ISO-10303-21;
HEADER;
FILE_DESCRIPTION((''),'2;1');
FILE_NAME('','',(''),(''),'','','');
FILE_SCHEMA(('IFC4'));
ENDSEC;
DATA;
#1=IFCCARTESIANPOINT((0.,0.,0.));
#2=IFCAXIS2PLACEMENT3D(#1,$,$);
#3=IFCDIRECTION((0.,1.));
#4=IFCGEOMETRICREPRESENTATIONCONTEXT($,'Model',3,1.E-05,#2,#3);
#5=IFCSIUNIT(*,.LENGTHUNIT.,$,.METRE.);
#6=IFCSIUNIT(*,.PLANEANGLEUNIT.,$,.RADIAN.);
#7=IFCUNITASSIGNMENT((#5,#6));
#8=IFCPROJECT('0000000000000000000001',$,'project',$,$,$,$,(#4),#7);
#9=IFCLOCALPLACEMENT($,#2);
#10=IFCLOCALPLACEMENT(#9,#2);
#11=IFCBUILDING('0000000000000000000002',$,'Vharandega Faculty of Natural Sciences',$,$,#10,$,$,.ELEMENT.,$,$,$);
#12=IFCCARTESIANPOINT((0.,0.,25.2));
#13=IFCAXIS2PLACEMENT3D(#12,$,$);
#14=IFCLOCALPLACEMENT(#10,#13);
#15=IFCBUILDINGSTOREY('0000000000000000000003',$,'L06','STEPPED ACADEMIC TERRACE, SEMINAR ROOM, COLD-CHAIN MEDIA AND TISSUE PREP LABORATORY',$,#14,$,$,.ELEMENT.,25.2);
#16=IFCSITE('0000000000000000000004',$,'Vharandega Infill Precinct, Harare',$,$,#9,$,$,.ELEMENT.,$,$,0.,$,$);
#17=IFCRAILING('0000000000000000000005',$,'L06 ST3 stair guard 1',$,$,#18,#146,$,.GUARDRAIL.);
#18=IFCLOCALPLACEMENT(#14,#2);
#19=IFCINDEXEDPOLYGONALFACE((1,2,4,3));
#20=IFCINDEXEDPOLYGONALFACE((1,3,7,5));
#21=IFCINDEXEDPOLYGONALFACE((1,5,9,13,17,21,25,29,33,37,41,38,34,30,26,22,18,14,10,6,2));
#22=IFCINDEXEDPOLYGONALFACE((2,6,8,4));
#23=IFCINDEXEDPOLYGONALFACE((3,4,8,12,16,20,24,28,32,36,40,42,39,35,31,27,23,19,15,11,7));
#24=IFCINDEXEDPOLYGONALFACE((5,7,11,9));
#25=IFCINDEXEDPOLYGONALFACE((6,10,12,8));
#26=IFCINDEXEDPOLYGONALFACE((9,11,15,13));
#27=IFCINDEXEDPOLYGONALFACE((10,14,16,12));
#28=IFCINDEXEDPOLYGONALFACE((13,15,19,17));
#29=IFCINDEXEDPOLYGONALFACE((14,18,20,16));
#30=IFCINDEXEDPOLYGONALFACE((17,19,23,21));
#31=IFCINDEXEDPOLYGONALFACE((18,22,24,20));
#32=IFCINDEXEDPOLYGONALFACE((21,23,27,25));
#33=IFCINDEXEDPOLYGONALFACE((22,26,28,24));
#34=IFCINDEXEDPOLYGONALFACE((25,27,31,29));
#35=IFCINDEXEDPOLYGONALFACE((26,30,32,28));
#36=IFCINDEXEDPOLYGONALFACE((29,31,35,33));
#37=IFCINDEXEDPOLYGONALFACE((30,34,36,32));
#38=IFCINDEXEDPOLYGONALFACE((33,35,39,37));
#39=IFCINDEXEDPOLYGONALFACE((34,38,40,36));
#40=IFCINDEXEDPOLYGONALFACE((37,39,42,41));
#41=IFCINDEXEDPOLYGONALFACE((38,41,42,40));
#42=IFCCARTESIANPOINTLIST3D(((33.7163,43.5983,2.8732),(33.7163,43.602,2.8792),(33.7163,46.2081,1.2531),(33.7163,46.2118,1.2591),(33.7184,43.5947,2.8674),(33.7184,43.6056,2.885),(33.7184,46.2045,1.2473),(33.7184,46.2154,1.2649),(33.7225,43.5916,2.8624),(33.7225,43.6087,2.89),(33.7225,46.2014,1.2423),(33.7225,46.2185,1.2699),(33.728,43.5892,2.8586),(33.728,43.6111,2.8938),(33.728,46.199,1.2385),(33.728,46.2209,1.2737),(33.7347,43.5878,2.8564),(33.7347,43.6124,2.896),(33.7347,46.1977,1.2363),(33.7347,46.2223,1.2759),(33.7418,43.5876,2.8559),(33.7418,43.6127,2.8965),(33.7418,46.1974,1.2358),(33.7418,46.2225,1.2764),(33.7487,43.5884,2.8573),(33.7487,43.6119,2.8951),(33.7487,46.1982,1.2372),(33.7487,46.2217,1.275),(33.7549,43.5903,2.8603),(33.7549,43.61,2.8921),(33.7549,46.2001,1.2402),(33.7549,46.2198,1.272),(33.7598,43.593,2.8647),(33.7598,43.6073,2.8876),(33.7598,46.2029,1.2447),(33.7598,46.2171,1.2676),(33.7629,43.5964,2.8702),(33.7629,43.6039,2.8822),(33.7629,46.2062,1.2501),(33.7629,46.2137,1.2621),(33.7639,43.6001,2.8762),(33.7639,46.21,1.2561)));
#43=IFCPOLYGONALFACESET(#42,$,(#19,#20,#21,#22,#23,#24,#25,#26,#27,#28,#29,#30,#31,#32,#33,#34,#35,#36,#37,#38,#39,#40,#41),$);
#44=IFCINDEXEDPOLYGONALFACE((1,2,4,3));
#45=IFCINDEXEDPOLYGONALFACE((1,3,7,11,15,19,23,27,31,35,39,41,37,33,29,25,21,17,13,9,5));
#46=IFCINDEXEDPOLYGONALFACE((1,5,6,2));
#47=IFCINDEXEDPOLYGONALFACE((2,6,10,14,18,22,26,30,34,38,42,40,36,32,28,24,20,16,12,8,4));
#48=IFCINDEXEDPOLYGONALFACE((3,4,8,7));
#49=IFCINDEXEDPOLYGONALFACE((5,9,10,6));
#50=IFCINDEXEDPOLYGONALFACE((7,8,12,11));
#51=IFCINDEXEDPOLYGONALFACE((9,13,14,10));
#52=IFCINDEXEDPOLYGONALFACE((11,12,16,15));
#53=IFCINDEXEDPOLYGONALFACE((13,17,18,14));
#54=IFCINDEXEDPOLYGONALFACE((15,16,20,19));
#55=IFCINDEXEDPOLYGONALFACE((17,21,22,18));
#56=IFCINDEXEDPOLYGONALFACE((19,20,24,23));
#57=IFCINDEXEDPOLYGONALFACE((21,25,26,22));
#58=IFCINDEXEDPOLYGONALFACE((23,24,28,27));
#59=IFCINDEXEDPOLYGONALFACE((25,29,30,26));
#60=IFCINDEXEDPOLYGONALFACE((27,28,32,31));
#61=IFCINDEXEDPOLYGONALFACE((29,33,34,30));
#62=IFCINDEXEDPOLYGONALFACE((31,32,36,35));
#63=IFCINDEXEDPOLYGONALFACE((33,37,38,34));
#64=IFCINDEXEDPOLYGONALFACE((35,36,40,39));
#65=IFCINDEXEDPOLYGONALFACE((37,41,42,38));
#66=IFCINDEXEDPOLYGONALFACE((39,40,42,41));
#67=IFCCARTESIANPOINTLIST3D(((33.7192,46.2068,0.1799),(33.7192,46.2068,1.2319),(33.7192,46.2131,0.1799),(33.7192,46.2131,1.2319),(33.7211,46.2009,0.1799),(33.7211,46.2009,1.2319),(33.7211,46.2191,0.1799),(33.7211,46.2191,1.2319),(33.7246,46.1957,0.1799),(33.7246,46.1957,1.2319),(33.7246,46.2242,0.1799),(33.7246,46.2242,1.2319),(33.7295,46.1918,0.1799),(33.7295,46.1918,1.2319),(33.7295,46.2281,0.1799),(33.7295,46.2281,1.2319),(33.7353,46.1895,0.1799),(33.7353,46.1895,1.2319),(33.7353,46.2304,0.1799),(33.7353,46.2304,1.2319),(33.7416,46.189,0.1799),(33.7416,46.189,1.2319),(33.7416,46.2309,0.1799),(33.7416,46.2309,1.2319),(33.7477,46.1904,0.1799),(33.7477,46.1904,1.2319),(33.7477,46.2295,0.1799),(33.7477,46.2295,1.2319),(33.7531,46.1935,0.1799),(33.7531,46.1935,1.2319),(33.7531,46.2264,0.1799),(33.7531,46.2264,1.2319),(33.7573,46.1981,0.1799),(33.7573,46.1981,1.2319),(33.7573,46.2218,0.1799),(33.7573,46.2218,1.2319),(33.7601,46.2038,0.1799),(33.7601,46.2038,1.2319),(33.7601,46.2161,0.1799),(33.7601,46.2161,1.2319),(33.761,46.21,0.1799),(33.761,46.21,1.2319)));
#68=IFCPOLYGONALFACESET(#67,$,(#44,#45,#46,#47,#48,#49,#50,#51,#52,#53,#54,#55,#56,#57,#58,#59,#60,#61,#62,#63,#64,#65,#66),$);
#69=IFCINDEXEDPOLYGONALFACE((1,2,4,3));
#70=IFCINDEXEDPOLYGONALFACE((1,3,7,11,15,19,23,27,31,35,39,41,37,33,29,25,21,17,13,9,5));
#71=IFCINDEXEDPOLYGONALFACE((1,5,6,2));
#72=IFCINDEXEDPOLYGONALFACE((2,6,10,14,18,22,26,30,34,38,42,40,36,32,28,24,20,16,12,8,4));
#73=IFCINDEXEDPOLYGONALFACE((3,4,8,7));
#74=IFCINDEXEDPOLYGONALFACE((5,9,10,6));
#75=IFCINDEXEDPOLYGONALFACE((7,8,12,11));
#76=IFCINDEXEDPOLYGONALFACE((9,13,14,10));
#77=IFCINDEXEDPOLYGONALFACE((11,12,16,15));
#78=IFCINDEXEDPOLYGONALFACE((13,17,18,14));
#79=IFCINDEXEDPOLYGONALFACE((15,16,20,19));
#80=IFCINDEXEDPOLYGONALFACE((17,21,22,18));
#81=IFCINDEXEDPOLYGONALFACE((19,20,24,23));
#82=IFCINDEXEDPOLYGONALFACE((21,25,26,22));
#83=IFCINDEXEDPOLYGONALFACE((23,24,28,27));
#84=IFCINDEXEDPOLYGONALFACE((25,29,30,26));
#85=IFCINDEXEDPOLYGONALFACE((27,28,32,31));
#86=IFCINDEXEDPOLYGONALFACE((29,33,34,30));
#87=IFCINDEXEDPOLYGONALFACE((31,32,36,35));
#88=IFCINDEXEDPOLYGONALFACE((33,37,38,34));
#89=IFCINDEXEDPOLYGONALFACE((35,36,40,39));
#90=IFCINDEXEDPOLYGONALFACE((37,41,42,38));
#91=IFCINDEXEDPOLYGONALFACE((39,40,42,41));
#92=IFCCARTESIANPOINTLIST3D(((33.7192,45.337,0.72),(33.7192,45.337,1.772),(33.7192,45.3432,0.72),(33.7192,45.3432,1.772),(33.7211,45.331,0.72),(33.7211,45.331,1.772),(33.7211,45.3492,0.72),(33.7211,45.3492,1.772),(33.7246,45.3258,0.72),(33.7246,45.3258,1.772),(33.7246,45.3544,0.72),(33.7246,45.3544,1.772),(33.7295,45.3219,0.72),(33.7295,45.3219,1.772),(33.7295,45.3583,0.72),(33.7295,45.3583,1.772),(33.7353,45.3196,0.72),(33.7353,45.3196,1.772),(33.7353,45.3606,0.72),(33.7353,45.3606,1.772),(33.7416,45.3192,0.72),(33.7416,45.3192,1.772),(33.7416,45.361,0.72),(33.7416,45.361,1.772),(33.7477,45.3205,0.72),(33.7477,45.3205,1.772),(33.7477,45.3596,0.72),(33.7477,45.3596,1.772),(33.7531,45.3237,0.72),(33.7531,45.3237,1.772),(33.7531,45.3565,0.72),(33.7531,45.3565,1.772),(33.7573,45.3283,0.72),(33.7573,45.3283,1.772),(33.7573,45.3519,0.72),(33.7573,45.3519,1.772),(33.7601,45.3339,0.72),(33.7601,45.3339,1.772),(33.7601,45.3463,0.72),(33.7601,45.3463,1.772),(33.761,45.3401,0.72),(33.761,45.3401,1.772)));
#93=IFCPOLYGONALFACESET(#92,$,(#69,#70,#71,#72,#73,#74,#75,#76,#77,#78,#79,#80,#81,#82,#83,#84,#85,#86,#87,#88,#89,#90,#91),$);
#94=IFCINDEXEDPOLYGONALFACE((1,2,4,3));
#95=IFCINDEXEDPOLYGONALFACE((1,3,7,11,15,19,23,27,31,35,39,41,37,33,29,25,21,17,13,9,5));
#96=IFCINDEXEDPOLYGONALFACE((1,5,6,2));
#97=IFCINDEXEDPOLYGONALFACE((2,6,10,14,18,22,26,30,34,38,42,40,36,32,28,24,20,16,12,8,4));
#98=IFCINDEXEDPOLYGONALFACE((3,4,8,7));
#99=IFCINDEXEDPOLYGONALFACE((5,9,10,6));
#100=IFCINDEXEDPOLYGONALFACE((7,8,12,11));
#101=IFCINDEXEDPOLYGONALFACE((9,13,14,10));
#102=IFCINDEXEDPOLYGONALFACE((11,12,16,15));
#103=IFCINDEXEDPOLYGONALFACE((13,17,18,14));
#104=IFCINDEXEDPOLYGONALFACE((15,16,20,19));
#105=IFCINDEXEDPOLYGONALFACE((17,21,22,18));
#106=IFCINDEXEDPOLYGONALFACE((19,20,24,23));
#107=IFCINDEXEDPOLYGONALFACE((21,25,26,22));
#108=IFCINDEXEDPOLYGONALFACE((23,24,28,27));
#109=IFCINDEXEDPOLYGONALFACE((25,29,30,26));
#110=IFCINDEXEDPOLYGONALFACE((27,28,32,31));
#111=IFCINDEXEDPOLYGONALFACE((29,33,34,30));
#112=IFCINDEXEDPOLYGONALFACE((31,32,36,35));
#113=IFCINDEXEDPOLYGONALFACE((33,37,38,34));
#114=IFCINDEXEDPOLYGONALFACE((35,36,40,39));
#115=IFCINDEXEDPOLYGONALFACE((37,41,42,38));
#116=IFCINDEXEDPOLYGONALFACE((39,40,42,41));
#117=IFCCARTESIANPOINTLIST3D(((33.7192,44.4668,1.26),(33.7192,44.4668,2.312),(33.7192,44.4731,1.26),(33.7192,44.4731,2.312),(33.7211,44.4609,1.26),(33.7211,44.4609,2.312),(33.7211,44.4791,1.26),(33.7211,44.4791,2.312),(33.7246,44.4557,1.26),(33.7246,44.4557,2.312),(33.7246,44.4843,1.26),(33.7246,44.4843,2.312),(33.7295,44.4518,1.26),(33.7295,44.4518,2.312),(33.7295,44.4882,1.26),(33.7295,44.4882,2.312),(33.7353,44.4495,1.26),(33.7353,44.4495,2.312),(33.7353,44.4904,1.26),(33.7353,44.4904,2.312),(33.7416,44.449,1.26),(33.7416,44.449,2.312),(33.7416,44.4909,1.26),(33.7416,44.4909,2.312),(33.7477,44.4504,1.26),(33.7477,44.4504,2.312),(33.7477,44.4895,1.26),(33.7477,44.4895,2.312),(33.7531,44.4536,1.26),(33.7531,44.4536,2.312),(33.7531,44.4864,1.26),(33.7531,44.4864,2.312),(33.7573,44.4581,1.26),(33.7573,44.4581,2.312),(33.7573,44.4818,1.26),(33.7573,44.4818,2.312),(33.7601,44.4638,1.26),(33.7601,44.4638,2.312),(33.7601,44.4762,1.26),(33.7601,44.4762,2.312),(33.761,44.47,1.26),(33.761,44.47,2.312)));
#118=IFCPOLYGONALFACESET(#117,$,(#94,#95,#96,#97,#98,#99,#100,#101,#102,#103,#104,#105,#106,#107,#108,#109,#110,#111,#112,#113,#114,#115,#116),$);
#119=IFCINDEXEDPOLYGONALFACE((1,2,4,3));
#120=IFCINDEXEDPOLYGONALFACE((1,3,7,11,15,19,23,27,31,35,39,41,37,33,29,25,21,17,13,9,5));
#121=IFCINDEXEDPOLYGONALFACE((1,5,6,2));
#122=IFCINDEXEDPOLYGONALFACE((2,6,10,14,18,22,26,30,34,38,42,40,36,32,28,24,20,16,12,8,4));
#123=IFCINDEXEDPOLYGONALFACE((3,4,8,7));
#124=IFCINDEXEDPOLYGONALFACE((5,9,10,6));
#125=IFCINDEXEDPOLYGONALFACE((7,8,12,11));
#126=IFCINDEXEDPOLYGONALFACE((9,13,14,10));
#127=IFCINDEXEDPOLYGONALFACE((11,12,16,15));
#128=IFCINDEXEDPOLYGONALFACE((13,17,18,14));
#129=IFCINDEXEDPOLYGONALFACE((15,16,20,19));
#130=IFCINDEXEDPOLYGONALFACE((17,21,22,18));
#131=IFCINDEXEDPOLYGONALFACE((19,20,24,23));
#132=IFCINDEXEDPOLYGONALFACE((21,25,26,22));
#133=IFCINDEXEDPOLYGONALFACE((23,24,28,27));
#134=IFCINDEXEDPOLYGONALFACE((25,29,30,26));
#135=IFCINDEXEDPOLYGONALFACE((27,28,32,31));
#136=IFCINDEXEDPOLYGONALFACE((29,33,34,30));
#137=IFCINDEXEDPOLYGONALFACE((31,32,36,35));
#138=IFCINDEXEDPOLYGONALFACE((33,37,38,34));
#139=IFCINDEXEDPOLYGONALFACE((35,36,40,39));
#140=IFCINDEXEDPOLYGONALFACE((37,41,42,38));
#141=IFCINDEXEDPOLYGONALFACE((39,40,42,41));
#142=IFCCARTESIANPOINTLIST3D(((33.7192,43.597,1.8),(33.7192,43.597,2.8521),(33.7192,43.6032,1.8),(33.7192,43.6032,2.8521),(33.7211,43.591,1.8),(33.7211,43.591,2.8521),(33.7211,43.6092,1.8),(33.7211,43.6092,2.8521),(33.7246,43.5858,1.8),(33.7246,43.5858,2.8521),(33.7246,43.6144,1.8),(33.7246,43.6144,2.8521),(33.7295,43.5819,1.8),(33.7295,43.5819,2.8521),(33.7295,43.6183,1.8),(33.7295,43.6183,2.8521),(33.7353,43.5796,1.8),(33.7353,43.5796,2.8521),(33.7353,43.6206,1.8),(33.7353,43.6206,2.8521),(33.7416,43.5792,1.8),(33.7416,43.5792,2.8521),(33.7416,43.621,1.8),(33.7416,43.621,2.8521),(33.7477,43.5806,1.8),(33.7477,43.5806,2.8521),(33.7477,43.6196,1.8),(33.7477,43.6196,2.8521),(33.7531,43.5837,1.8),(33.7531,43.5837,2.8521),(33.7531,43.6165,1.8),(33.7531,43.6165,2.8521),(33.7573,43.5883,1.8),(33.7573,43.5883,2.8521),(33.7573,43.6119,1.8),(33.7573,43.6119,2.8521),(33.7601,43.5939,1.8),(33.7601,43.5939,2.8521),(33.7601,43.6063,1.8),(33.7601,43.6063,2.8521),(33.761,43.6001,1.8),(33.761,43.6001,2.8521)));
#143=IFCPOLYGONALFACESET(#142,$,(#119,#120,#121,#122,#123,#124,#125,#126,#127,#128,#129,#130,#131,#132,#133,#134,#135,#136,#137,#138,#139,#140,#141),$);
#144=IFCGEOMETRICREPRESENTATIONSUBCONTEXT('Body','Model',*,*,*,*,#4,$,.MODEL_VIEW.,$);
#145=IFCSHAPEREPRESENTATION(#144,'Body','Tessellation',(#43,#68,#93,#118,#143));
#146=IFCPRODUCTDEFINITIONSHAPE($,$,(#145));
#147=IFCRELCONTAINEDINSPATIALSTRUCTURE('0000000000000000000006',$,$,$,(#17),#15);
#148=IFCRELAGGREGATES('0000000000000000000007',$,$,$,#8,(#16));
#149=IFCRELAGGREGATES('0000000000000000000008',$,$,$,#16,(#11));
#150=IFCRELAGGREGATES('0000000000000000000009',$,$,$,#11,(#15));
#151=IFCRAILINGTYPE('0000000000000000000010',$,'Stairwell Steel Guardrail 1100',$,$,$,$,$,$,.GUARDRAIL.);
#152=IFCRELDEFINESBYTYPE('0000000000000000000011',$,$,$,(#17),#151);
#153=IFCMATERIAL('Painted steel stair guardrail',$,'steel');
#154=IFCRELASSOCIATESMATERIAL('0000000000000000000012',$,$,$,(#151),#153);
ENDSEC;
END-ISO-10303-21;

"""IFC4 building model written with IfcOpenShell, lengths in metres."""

from ifc_helpers import new_model, si_unit, direction, frame, origin, origin_2d, place, context, subcontext, project, spatial, circle, extrude, material, type_object, element, save


model = new_model("IFC4")

# Units and contexts
model_context = context("Model", 3, precision=1e-05, world=origin(), true_north=direction((0.0, 1.0)))
body_context = subcontext(model_context, "Body", "Model", "MODEL_VIEW")
ifc_project = project(units=[si_unit("LENGTHUNIT", "METRE"), si_unit("PLANEANGLEUNIT", "RADIAN")], contexts=[model_context])

# Site, building, storey
site_placement = place(None, origin())
site = spatial("IfcSite", under=ifc_project, at=site_placement, Name="Vharandega Infill Precinct, Harare", CompositionType="ELEMENT", RefElevation=0.0)
building_placement = place(site_placement, origin())
building = spatial("IfcBuilding", under=site, at=building_placement, Name="Vharandega Faculty of Natural Sciences", CompositionType="ELEMENT")
storey_placement = place(building_placement, frame((0.0, 0.0, 25.2)))
storey = spatial("IfcBuildingStorey", under=building, at=storey_placement, Name="L06", Description="STEPPED ACADEMIC TERRACE, SEMINAR ROOM, COLD-CHAIN MEDIA AND TISSUE PREP LABORATORY", CompositionType="ELEMENT", Elevation=25.2)

# Railing
ifc_material_1 = material(Name="Painted steel stair guardrail", Category="steel")
railing_type_1 = type_object("IfcRailingType", Name="Stairwell Steel Guardrail 1100", PredefinedType="GUARDRAIL", material=ifc_material_1)
railing_1_placement = place(storey_placement, frame((33.74, 46.21, 0.1799)))
element("IfcRailing", 1, at=railing_1_placement, inside=storey, type_object=railing_type_1, Name="L06 ST3 stair guard 1", PredefinedType="GUARDRAIL", context=body_context, shape_type="SweptSolid", body=[
    extrude(circle(Radius=0.0239, at=origin_2d()), frame((0.0, 0.0, 1.0762), z_axis=(0.0, -0.849611, 0.52741), x_axis=(1.0, 0.0, 0.0)), (0.0, 0.0, 1.0), 3.0718),
    extrude(circle(Radius=0.021, at=origin_2d()), origin(), (0.0, 0.0, 1.0), 1.052),
    extrude(circle(Radius=0.021, at=origin_2d()), frame((0.0, -0.8699, 0.54)), (0.0, 0.0, 1.0), 1.052),
    extrude(circle(Radius=0.021, at=origin_2d()), frame((0.0, -1.74, 1.0801)), (0.0, 0.0, 1.0), 1.052),
    extrude(circle(Radius=0.021, at=origin_2d()), frame((0.0, -2.6099, 1.6201)), (0.0, 0.0, 1.0), 1.052),
])

save(model, "model.ifc")
